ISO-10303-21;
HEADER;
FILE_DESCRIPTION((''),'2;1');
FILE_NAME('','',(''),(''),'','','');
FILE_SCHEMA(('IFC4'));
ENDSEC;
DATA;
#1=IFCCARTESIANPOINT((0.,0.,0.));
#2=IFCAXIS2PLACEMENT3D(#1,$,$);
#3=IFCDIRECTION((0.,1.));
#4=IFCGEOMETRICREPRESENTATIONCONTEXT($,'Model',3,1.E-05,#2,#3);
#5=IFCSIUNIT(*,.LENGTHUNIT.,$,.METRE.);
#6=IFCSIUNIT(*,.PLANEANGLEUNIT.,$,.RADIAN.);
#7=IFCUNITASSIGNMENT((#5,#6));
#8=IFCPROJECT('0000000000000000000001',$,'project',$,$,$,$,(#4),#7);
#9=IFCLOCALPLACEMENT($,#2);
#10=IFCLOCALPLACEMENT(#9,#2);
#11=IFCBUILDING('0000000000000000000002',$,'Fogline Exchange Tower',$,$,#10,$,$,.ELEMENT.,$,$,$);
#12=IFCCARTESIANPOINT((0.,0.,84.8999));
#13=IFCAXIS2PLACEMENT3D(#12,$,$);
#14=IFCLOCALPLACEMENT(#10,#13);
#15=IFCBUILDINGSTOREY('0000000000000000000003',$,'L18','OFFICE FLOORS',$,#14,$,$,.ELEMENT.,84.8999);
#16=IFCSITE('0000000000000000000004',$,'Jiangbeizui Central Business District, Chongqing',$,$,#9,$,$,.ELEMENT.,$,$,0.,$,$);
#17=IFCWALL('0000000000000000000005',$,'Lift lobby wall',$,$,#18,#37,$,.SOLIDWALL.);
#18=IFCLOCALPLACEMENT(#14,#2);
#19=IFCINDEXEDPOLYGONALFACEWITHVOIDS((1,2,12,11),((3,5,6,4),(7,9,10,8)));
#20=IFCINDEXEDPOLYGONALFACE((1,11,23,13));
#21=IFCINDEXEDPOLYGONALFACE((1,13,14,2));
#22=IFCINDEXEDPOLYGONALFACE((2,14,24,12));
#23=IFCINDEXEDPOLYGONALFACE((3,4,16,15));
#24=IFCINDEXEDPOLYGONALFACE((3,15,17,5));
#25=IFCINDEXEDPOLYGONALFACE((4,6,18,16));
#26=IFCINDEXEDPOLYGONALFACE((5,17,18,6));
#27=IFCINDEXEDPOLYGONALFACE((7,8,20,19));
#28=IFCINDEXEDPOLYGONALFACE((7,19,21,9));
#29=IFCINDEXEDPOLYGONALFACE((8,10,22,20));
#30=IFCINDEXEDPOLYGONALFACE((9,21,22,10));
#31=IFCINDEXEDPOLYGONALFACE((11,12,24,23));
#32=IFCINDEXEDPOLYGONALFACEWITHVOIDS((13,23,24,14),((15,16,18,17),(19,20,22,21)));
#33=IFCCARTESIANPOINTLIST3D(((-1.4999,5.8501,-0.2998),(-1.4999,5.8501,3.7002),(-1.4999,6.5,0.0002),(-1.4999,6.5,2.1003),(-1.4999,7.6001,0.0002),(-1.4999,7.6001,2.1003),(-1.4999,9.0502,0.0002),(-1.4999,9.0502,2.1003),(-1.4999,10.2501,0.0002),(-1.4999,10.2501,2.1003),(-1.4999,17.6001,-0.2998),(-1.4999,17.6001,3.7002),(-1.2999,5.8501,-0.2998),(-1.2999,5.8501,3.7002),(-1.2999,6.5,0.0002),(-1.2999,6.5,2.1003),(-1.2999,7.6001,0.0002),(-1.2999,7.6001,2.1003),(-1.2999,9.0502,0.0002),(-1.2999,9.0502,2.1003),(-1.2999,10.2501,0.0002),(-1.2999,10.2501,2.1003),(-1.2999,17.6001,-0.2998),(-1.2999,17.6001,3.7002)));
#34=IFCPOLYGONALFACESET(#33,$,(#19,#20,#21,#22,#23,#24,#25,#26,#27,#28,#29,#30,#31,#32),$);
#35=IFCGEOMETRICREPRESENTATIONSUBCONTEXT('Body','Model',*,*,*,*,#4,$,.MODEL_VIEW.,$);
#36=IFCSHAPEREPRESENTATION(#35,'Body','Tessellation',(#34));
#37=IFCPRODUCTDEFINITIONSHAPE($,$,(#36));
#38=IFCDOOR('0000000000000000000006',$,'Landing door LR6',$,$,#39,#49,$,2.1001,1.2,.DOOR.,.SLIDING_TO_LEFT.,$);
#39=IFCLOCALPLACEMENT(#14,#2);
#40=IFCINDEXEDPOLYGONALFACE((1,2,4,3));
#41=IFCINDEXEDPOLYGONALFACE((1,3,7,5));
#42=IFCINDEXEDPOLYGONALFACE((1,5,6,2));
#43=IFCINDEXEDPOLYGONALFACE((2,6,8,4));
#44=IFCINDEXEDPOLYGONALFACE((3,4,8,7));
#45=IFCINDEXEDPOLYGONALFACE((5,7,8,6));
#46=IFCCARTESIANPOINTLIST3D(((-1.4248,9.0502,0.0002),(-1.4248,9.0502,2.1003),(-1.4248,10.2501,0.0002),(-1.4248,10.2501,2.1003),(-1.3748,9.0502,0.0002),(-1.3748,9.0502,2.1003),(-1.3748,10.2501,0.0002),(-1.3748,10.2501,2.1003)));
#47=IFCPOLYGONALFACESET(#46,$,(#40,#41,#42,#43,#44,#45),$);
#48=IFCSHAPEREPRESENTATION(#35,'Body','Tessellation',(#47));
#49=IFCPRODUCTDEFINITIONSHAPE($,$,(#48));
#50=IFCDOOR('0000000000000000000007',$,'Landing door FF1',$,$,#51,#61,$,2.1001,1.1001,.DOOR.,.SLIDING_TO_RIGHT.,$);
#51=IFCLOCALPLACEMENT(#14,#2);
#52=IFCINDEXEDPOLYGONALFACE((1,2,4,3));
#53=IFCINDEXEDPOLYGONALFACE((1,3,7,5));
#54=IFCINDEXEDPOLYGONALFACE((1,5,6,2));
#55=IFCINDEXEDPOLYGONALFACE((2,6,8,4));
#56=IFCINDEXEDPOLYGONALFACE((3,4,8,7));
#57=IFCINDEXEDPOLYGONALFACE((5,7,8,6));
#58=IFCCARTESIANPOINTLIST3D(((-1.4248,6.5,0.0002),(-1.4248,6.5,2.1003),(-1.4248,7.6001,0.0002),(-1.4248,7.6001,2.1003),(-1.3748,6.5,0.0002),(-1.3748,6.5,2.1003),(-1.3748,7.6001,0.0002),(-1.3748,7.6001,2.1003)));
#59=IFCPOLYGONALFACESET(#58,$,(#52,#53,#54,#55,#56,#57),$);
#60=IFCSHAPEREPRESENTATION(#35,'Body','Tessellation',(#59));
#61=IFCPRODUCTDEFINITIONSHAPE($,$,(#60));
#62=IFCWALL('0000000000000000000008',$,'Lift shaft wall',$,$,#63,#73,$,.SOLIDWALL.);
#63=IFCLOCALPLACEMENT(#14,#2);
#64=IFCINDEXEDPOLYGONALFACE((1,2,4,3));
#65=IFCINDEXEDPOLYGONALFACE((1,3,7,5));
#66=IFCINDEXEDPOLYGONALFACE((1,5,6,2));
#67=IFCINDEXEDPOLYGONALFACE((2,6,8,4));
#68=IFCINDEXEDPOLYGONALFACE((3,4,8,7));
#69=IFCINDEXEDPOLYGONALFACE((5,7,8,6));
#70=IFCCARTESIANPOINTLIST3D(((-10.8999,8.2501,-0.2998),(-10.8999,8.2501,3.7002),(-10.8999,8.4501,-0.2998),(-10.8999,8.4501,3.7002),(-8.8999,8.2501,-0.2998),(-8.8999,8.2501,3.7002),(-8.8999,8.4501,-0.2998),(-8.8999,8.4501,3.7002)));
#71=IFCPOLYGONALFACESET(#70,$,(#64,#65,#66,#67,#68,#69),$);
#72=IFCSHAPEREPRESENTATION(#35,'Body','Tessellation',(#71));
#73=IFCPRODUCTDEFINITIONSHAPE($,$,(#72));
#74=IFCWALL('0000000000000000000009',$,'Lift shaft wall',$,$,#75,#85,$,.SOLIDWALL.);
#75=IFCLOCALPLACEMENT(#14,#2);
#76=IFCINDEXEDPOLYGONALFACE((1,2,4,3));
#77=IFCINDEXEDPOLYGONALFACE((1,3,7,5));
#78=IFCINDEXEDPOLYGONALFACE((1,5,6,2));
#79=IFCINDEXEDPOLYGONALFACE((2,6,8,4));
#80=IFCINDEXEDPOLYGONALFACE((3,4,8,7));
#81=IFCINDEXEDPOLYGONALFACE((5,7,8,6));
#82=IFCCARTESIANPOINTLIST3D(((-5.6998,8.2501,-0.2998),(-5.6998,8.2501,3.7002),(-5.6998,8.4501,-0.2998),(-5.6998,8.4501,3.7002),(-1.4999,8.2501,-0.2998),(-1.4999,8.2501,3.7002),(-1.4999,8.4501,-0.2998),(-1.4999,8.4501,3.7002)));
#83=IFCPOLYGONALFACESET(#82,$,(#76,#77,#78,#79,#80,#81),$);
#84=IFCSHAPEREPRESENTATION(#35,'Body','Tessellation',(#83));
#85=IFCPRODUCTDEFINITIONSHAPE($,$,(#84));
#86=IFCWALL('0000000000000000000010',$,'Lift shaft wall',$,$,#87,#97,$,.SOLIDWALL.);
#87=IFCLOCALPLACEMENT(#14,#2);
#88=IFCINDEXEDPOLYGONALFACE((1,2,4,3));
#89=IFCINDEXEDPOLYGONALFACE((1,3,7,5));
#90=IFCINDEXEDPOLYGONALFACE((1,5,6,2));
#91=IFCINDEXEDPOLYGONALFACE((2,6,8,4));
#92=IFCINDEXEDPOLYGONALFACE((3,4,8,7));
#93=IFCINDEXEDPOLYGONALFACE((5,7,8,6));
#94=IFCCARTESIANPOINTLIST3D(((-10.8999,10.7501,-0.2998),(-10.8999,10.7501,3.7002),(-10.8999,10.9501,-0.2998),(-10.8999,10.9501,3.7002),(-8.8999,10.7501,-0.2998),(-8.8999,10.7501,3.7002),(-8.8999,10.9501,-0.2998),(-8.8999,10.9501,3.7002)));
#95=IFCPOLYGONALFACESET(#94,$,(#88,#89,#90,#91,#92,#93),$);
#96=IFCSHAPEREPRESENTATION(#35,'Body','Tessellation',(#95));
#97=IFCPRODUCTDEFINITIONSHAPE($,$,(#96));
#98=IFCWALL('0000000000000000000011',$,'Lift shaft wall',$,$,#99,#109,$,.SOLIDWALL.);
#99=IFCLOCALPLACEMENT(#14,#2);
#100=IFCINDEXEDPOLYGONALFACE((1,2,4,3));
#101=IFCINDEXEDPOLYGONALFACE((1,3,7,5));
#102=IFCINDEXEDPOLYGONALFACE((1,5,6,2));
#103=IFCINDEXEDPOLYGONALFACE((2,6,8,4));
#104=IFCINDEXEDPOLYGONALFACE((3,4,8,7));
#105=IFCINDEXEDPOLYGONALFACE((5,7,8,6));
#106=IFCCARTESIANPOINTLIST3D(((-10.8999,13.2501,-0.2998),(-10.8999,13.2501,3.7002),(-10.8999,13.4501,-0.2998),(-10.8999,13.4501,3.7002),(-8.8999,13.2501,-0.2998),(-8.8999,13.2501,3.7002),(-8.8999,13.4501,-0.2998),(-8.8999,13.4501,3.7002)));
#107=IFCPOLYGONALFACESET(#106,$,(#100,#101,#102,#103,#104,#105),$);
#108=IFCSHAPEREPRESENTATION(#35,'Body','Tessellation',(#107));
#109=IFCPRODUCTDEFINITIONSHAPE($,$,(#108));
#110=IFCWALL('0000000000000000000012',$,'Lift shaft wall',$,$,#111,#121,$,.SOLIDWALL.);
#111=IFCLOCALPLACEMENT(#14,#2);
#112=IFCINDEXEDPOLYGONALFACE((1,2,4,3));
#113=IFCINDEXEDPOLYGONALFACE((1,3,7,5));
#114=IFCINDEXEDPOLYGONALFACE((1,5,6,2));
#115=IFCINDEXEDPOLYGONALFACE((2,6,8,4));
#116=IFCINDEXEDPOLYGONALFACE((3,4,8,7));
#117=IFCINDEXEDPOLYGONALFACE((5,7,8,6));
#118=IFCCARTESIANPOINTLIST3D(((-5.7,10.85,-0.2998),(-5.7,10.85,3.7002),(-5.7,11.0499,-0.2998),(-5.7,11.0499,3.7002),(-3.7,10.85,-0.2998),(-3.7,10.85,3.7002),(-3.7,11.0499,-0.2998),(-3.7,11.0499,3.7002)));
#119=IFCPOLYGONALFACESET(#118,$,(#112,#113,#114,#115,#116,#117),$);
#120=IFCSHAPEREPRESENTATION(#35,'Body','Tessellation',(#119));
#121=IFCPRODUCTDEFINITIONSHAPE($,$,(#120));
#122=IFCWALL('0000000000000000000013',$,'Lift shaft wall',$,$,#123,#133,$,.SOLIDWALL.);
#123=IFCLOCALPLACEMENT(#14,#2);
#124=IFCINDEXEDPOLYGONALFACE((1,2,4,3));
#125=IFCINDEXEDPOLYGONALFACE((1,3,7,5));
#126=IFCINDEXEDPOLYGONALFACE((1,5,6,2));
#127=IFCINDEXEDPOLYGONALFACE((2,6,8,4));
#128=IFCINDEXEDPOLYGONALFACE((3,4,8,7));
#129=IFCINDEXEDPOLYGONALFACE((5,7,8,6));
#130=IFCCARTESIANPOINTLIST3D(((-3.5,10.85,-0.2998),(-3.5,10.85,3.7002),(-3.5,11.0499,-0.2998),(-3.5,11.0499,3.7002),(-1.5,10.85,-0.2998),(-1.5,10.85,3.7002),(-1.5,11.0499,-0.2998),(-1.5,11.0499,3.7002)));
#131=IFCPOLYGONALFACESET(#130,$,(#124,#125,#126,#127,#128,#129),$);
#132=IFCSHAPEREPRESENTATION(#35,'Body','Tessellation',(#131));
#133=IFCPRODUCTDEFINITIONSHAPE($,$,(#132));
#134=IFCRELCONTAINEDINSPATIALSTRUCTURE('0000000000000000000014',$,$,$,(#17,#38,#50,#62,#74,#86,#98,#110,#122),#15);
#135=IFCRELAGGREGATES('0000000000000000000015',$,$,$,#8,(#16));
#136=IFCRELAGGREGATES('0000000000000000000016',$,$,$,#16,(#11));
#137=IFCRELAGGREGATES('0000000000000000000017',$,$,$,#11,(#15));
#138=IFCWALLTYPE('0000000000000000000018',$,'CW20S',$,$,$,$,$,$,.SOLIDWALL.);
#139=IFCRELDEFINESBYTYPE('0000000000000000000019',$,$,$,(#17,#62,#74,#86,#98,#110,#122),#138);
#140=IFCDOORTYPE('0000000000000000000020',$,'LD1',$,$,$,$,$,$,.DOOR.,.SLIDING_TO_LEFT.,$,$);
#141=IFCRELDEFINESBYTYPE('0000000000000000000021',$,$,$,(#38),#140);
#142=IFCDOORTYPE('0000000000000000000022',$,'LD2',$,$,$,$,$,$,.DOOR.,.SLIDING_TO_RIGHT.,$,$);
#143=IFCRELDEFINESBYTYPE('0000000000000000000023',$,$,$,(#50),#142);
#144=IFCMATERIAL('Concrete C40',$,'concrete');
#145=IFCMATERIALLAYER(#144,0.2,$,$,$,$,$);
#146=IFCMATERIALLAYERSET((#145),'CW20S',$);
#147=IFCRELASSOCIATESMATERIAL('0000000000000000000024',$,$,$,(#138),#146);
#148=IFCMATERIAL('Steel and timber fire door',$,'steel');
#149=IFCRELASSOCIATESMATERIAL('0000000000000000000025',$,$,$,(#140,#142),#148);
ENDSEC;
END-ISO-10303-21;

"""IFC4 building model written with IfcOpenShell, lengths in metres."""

from ifc_helpers import new_model, si_unit, direction, frame, frame_2d, origin, place, context, subcontext, project, spatial, rectangle, extrude, material, layer, layer_set, type_object, element, fill, save


model = new_model("IFC4")

# Units and contexts
model_context = context("Model", 3, precision=1e-05, world=origin(), true_north=direction((0.0, 1.0)))
body_context = subcontext(model_context, "Body", "Model", "MODEL_VIEW")
ifc_project = project(units=[si_unit("LENGTHUNIT", "METRE"), si_unit("PLANEANGLEUNIT", "RADIAN")], contexts=[model_context])

# Site, building, storey
site_placement = place(None, origin())
site = spatial("IfcSite", under=ifc_project, at=site_placement, Name="Jiangbeizui Central Business District, Chongqing", CompositionType="ELEMENT", RefElevation=0.0)
building_placement = place(site_placement, origin())
building = spatial("IfcBuilding", under=site, at=building_placement, Name="Fogline Exchange Tower", CompositionType="ELEMENT")
storey_placement = place(building_placement, frame((0.0, 0.0, 84.8999)))
storey = spatial("IfcBuildingStorey", under=building, at=storey_placement, Name="L18", Description="OFFICE FLOORS", CompositionType="ELEMENT", Elevation=84.8999)

# Shared definitions
ifc_material_1 = material(Name="Steel and timber fire door", Category="steel")

# Shared definitions
ifc_material_2 = material(Name="Concrete C40", Category="concrete")

# Shared definitions
ifc_layer_1 = layer(ifc_material_2, 0.2)
ifc_layer_set_1 = layer_set([ifc_layer_1], Name="CW20S")
wall_type_1 = type_object("IfcWallType", Name="CW20S", PredefinedType="SOLIDWALL", material=ifc_layer_set_1)
door_type_1 = type_object("IfcDoorType", Name="LD1", OperationType="SLIDING_TO_LEFT", PredefinedType="DOOR", material=ifc_material_1)

# Wall, openings, doors
wall_1_placement = place(storey_placement, frame((-1.3999, 5.8501, -0.2998), z_axis=(0.0, 0.0, 1.0), x_axis=(0.0, 1.0, 0.0)))
wall_1 = element("IfcWall", 1, at=wall_1_placement, inside=storey, type_object=wall_type_1, Name="Lift lobby wall", PredefinedType="SOLIDWALL", context=body_context, shape_type="SweptSolid", body=[
    extrude(rectangle(XDim=11.75, YDim=0.2, at=frame_2d((5.875, 0.0))), origin(), (0.0, 0.0, 1.0), 4.0),
])
opening_1_placement = place(wall_1_placement, frame((3.2, 0.0, 0.3)))
opening_1 = element("IfcOpeningElement", 2, at=opening_1_placement, cuts=wall_1, PredefinedType="OPENING", context=body_context, shape_type="SweptSolid", body=[
    extrude(rectangle(XDim=1.2, YDim=2.1001, at=frame_2d((0.6001, 1.05))), frame((0.0, 0.1099, 0.0), z_axis=(0.0, -1.0, 0.0), x_axis=(1.0, 0.0, 0.0)), (0.0, 0.0, 1.0), 0.22),
])
opening_2_placement = place(wall_1_placement, frame((0.6499, 0.0, 0.3)))
opening_2 = element("IfcOpeningElement", 3, at=opening_2_placement, cuts=wall_1, PredefinedType="OPENING", context=body_context, shape_type="SweptSolid", body=[
    extrude(rectangle(XDim=1.1001, YDim=2.1001, at=frame_2d((0.55, 1.05))), frame((0.0, 0.1099, 0.0), z_axis=(0.0, -1.0, 0.0), x_axis=(1.0, 0.0, 0.0)), (0.0, 0.0, 1.0), 0.22),
])
door_1_placement = place(opening_1_placement, origin())
door_1 = element("IfcDoor", 4, at=door_1_placement, inside=storey, type_object=door_type_1, Name="Landing door LR6", OperationType="SLIDING_TO_LEFT", OverallHeight=2.1001, OverallWidth=1.2, PredefinedType="DOOR", context=body_context, shape_type="SweptSolid", body=[
    extrude(rectangle(XDim=1.2, YDim=2.1001, at=frame_2d((0.6001, 1.05))), frame((0.0, 0.0249, 0.0), z_axis=(0.0, -1.0, 0.0), x_axis=(1.0, 0.0, 0.0)), (0.0, 0.0, 1.0), 0.05),
])
fill(opening_1, door_1)
door_type_2 = type_object("IfcDoorType", Name="LD2", OperationType="SLIDING_TO_RIGHT", PredefinedType="DOOR", material=ifc_material_1)
door_2_placement = place(opening_2_placement, origin())
door_2 = element("IfcDoor", 5, at=door_2_placement, inside=storey, type_object=door_type_2, Name="Landing door FF1", OperationType="SLIDING_TO_RIGHT", OverallHeight=2.1001, OverallWidth=1.1001, PredefinedType="DOOR", context=body_context, shape_type="SweptSolid", body=[
    extrude(rectangle(XDim=1.1001, YDim=2.1001, at=frame_2d((0.55, 1.05))), frame((0.0, 0.0249, 0.0), z_axis=(0.0, -1.0, 0.0), x_axis=(1.0, 0.0, 0.0)), (0.0, 0.0, 1.0), 0.05),
])
fill(opening_2, door_2)

# Walls
wall_2_placement = place(storey_placement, frame((-10.8999, 8.3501, -0.2998), z_axis=(0.0, 0.0, 1.0), x_axis=(1.0, 0.0, 0.0)))
element("IfcWall", 6, at=wall_2_placement, inside=storey, type_object=wall_type_1, Name="Lift shaft wall", PredefinedType="SOLIDWALL", context=body_context, shape_type="SweptSolid", body=[
    extrude(rectangle(XDim=2.0, YDim=0.2, at=frame_2d((1.0, 0.0))), origin(), (0.0, 0.0, 1.0), 4.0),
])
wall_3_placement = place(storey_placement, frame((-5.7, 8.3501, -0.2998), z_axis=(0.0, 0.0, 1.0), x_axis=(1.0, 0.0, 0.0)))
element("IfcWall", 7, at=wall_3_placement, inside=storey, type_object=wall_type_1, Name="Lift shaft wall", PredefinedType="SOLIDWALL", context=body_context, shape_type="SweptSolid", body=[
    extrude(rectangle(XDim=4.2, YDim=0.2, at=frame_2d((2.1001, 0.0))), origin(), (0.0, 0.0, 1.0), 4.0),
])
for number, where, z_axis, x_axis, name in (
    (8, (-10.8999, 10.8501, -0.2998), (0.0, 0.0, 1.0), (1.0, 0.0, 0.0), "Lift shaft wall"),
    (9, (-10.8999, 13.3501, -0.2998), (0.0, 0.0, 1.0), (1.0, 0.0, 0.0), "Lift shaft wall"),
    (10, (-5.7, 10.95, -0.2998), (0.0, 0.0, 1.0), (1.0, 0.0, 0.0), "Lift shaft wall"),
    (11, (-3.5, 10.95, -0.2998), (0.0, 0.0, 1.0), (1.0, 0.0, 0.0), "Lift shaft wall"),
):
    element("IfcWall", number, at=place(storey_placement, frame(where, z_axis=z_axis, x_axis=x_axis)), inside=storey, type_object=wall_type_1, Name=name, PredefinedType="SOLIDWALL", context=body_context, shape_type="SweptSolid", body=[
        extrude(rectangle(XDim=2.0, YDim=0.2, at=frame_2d((1.0, 0.0))), origin(), (0.0, 0.0, 1.0), 4.0),
    ])

save(model, "model.ifc")
